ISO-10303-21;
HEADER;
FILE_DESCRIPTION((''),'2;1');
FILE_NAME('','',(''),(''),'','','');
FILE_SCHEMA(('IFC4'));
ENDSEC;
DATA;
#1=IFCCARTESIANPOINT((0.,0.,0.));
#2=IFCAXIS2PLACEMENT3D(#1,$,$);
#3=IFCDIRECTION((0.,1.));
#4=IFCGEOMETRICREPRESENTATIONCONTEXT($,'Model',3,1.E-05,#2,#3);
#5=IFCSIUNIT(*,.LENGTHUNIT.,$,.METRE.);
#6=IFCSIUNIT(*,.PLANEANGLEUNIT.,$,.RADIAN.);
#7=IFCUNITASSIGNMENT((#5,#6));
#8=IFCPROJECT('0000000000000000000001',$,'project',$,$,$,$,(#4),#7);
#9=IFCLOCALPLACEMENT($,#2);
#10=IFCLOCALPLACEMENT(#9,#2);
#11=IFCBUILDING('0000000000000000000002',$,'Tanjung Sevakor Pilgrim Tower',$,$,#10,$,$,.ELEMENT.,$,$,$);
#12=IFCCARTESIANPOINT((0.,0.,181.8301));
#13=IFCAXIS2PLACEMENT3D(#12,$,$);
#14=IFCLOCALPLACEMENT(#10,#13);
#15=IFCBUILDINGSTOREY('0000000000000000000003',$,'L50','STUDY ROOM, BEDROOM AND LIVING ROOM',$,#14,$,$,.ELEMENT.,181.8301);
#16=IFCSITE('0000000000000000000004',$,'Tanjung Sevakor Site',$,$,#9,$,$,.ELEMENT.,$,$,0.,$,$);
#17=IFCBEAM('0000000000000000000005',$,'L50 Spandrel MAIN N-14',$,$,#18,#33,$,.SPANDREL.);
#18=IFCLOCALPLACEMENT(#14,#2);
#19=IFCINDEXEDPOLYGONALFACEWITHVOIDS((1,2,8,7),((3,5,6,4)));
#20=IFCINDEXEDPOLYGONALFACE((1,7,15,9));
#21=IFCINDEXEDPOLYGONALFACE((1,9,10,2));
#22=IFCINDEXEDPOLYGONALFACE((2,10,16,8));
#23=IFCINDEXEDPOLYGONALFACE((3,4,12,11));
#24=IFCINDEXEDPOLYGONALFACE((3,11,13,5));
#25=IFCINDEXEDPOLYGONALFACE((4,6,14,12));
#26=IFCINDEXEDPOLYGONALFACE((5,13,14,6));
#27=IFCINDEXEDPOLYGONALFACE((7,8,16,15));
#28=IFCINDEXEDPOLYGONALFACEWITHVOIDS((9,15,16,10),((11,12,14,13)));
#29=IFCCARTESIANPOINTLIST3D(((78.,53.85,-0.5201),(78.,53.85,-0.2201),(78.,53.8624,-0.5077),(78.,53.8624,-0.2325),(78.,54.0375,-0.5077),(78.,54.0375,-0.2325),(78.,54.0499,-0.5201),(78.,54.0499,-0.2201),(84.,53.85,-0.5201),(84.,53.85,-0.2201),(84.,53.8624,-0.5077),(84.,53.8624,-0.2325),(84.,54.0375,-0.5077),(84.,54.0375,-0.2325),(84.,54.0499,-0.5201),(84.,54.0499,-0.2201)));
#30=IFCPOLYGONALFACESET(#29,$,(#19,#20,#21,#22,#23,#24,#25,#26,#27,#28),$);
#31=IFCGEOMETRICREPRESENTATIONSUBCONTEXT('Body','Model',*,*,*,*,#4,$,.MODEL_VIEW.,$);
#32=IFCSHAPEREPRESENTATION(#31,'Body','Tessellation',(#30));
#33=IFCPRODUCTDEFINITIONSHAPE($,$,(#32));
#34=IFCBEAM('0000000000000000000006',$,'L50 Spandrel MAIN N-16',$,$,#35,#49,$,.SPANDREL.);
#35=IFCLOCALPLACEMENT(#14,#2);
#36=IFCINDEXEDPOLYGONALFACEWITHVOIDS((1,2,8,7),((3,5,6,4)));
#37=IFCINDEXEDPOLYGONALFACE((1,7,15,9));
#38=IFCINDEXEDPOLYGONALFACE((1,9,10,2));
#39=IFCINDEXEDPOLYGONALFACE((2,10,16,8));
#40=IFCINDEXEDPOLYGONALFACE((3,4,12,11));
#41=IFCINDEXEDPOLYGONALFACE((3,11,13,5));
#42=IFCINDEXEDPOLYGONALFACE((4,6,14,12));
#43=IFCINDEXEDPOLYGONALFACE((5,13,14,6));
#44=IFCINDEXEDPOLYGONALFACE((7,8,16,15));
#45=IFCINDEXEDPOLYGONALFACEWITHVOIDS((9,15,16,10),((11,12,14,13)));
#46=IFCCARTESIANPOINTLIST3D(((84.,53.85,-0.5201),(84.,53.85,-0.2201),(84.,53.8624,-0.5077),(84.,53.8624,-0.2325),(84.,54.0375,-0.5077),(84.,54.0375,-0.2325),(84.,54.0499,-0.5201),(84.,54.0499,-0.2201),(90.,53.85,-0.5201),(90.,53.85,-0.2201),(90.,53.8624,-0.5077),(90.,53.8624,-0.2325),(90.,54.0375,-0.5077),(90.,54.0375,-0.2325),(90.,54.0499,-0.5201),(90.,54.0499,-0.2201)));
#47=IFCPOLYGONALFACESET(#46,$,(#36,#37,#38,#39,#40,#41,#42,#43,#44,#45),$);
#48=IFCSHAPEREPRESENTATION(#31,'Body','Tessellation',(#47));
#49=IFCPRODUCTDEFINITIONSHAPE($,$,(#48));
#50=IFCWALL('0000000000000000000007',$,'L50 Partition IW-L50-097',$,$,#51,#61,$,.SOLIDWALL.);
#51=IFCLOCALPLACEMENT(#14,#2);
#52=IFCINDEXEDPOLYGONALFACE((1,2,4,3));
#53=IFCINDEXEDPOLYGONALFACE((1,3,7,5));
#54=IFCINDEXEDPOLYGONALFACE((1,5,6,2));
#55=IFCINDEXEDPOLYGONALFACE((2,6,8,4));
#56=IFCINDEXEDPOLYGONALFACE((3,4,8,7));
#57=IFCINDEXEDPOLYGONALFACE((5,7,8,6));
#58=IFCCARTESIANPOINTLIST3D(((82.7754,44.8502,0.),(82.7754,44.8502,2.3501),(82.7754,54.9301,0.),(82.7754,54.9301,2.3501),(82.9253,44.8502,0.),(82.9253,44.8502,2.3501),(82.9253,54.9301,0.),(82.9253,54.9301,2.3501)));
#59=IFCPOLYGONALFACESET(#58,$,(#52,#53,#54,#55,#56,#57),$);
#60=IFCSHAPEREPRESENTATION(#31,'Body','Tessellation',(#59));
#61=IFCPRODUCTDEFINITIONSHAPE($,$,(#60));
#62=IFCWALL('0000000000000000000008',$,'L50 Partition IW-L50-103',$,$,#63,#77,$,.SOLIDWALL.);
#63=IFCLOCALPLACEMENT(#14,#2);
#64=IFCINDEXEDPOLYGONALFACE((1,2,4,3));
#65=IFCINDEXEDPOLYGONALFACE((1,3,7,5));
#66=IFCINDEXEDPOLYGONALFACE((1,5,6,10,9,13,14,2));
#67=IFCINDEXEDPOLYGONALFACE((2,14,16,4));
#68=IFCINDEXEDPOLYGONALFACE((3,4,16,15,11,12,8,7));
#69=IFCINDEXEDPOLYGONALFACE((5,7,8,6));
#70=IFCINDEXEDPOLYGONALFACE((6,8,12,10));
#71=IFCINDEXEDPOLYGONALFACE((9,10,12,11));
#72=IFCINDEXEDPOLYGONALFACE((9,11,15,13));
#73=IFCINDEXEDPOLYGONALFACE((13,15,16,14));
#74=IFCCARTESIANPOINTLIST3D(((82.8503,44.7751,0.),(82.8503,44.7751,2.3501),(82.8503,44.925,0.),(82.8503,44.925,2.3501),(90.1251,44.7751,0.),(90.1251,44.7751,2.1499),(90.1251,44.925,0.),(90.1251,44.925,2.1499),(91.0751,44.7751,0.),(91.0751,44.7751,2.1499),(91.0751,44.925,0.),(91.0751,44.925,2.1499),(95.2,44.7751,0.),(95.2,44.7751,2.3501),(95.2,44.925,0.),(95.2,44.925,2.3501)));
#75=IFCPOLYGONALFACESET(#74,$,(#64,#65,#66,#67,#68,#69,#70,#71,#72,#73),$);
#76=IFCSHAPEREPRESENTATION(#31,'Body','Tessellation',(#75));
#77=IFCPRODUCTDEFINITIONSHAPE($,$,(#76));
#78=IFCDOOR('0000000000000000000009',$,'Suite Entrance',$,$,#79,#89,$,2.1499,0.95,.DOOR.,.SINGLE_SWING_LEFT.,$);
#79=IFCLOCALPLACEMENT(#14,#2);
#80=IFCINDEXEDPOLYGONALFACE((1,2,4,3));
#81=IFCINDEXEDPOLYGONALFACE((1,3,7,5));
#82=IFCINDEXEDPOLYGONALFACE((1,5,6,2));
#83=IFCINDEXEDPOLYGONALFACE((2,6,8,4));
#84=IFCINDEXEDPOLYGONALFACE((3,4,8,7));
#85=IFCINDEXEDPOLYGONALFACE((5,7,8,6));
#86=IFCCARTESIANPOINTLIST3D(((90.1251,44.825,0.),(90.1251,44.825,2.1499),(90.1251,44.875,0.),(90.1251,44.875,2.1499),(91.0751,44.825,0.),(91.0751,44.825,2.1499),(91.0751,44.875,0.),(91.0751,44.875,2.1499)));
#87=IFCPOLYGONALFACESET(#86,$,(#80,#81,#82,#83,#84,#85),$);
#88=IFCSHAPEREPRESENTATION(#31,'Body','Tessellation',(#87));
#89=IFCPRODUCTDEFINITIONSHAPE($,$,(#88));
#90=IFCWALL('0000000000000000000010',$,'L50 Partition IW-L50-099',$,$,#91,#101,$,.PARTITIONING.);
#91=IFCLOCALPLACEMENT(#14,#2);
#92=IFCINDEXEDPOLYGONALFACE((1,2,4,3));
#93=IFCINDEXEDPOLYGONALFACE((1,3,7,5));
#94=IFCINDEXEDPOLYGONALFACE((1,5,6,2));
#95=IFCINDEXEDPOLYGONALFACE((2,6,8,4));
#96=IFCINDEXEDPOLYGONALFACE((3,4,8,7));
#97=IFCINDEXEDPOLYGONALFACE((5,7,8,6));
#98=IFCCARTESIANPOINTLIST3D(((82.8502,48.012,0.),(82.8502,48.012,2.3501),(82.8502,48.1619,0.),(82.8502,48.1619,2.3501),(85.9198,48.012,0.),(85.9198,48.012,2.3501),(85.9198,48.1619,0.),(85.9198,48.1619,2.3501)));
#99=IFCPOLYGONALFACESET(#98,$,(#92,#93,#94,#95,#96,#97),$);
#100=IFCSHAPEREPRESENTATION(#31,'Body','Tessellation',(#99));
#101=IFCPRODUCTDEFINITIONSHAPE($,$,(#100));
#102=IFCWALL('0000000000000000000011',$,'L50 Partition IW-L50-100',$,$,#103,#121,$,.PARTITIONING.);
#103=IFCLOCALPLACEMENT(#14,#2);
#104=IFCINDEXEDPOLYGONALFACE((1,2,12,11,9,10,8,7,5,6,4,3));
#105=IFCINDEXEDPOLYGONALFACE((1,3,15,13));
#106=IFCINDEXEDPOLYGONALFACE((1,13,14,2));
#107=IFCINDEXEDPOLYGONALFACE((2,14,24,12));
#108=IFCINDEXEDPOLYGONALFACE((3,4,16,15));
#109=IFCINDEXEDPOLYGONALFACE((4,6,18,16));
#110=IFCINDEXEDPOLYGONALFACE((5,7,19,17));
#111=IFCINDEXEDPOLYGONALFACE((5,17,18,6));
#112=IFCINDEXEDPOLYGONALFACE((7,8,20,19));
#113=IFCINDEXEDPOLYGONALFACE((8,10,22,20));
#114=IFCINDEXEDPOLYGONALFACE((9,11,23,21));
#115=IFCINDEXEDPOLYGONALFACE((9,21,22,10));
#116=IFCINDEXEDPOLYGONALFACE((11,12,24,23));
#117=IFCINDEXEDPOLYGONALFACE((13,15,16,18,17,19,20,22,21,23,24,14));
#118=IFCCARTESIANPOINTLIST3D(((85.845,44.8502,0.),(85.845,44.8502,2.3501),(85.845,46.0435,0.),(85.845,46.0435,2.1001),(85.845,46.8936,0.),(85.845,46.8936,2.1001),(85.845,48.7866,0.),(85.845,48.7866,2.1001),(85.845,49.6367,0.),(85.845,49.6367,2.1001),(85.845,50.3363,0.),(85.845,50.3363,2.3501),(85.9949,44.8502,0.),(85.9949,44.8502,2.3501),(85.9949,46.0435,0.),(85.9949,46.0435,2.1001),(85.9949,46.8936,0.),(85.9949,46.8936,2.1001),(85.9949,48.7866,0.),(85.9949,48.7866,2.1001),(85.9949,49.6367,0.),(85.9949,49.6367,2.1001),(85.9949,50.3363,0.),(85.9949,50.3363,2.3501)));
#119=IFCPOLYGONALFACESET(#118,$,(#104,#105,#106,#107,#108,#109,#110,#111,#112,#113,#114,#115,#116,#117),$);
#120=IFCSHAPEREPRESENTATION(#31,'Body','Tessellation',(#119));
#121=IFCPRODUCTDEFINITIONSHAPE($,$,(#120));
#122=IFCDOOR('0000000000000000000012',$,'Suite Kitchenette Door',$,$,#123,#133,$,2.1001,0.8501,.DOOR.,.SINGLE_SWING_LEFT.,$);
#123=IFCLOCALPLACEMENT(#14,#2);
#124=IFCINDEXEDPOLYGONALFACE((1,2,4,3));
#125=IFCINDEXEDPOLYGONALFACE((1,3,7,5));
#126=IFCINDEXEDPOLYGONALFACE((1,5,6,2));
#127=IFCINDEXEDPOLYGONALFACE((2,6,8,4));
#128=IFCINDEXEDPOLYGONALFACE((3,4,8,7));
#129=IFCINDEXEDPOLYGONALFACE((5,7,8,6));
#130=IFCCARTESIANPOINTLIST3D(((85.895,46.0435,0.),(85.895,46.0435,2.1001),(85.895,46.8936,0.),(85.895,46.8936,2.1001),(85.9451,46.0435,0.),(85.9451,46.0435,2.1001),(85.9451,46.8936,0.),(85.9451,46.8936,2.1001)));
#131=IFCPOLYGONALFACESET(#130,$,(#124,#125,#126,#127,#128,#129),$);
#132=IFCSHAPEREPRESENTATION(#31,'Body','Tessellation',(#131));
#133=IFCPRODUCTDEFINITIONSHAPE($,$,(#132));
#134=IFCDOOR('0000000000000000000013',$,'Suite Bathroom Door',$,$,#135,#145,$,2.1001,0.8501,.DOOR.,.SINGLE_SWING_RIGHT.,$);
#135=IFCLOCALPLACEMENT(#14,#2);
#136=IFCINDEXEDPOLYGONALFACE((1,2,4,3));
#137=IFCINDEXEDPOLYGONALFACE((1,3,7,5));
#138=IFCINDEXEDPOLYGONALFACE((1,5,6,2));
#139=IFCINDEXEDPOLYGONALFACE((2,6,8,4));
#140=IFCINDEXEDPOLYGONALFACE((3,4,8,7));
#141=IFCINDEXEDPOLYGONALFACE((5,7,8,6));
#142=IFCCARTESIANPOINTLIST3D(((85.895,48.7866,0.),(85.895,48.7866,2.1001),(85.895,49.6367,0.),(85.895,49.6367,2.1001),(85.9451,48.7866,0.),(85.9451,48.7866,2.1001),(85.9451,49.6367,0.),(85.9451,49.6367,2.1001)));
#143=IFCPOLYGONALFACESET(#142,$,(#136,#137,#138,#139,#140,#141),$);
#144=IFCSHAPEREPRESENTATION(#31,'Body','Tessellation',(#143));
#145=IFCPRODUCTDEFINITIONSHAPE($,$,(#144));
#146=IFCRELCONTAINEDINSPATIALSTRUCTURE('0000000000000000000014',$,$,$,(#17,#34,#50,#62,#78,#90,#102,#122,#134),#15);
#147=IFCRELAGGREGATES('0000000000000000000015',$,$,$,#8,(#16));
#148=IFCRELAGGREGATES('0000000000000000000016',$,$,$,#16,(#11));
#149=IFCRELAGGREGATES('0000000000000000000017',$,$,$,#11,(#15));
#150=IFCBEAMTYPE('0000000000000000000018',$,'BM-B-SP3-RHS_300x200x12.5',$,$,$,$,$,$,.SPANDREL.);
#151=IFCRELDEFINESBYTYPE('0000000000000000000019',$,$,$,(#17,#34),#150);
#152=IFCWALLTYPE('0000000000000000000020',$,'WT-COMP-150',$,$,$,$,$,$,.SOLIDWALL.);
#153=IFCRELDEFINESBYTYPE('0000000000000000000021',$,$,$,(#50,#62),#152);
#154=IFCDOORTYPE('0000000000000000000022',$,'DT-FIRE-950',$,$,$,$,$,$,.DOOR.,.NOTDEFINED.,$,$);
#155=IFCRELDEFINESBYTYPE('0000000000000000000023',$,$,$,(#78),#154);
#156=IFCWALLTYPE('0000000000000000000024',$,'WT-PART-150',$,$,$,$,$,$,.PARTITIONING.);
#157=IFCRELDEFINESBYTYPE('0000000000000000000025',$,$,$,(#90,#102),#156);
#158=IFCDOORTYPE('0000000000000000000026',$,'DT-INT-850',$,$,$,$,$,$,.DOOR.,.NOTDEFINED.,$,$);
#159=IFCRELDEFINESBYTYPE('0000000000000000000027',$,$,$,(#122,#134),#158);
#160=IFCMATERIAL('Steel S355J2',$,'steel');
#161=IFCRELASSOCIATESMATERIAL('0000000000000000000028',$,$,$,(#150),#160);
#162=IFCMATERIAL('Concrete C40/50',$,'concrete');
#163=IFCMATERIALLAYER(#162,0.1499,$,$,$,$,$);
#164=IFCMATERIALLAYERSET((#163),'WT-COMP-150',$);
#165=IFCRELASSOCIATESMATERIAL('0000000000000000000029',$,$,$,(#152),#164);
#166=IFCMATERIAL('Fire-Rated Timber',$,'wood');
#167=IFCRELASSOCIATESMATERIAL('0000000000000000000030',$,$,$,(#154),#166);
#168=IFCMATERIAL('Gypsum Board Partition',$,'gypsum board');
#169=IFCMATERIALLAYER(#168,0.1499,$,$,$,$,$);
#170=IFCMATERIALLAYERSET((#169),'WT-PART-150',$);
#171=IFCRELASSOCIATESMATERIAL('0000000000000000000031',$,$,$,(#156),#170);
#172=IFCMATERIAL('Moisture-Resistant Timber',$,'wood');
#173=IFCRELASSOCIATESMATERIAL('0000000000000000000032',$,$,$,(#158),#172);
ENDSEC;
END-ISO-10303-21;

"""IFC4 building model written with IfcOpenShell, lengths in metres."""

from ifc_helpers import new_model, si_unit, direction, frame, frame_2d, origin, origin_2d, place, context, subcontext, project, spatial, rectangle, hollow_rectangle, extrude, material, layer, layer_set, material_profile, profile_set, type_object, element, fill, save


model = new_model("IFC4")

# Units and contexts
model_context = context("Model", 3, precision=1e-05, world=origin(), true_north=direction((0.0, 1.0)))
body_context = subcontext(model_context, "Body", "Model", "MODEL_VIEW")
ifc_project = project(units=[si_unit("LENGTHUNIT", "METRE"), si_unit("PLANEANGLEUNIT", "RADIAN")], contexts=[model_context])

# Site, building, storey
site_placement = place(None, origin())
site = spatial("IfcSite", under=ifc_project, at=site_placement, Name="Tanjung Sevakor Site", CompositionType="ELEMENT", RefElevation=0.0)
building_placement = place(site_placement, origin())
building = spatial("IfcBuilding", under=site, at=building_placement, Name="Tanjung Sevakor Pilgrim Tower", CompositionType="ELEMENT")
storey_placement = place(building_placement, frame((0.0, 0.0, 181.8301)))
storey = spatial("IfcBuildingStorey", under=building, at=storey_placement, Name="L50", Description="STUDY ROOM, BEDROOM AND LIVING ROOM", CompositionType="ELEMENT", Elevation=181.8301)

# Beams
ifc_material_1 = material(Name="Steel S355J2", Category="steel")
ifc_material_profile_1 = material_profile(ifc_material_1, hollow_rectangle(XDim=0.2, YDim=0.3, WallThickness=0.0125, at=origin_2d()))
ifc_profile_set_1 = profile_set([ifc_material_profile_1], Name="Steel S355J2")
beam_type_1 = type_object("IfcBeamType", Name="BM-B-SP3-RHS_300x200x12.5", PredefinedType="SPANDREL", material=ifc_profile_set_1)
for number, where, z_axis, x_axis, name in (
    (1, (78.0, 53.95, -0.3701), (1.0, 0.0, 0.0), (0.0, 1.0, 0.0), "L50 Spandrel MAIN N-14"),
    (2, (84.0, 53.95, -0.3701), (1.0, 0.0, 0.0), (0.0, 1.0, 0.0), "L50 Spandrel MAIN N-16"),
):
    element("IfcBeam", number, at=place(storey_placement, frame(where, z_axis=z_axis, x_axis=x_axis)), inside=storey, type_object=beam_type_1, Name=name, PredefinedType="SPANDREL", context=body_context, shape_type="SweptSolid", body=[
        extrude(hollow_rectangle(XDim=0.2, YDim=0.3, WallThickness=0.0125, at=origin_2d()), origin(), (0.0, 0.0, 1.0), 6.0),
    ])

# Wall
ifc_material_2 = material(Name="Concrete C40/50", Category="concrete")
ifc_layer_1 = layer(ifc_material_2, 0.1499)
ifc_layer_set_1 = layer_set([ifc_layer_1], Name="WT-COMP-150")
wall_type_1 = type_object("IfcWallType", Name="WT-COMP-150", PredefinedType="SOLIDWALL", material=ifc_layer_set_1)
wall_1_placement = place(storey_placement, frame((82.8503, 44.8501, 0.0), z_axis=(0.0, 0.0, 1.0), x_axis=(0.0, 1.0, 0.0)))
element("IfcWall", 3, at=wall_1_placement, inside=storey, type_object=wall_type_1, Name="L50 Partition IW-L50-097", PredefinedType="SOLIDWALL", context=body_context, shape_type="SweptSolid", body=[
    extrude(rectangle(XDim=10.0798, YDim=0.1499, at=frame_2d((5.04, 0.0))), origin(), (0.0, 0.0, 1.0), 2.3501),
])

# Wall, opening, door
wall_2_placement = place(storey_placement, frame((82.8503, 44.8501, 0.0), z_axis=(0.0, 0.0, 1.0), x_axis=(1.0, 0.0, 0.0)))
wall_2 = element("IfcWall", 4, at=wall_2_placement, inside=storey, type_object=wall_type_1, Name="L50 Partition IW-L50-103", PredefinedType="SOLIDWALL", context=body_context, shape_type="SweptSolid", body=[
    extrude(rectangle(XDim=12.3496, YDim=0.1499, at=frame_2d((6.1748, 0.0))), origin(), (0.0, 0.0, 1.0), 2.3501),
])
opening_1_placement = place(wall_2_placement, frame((7.2747, 0.0, 0.0)))
opening_1 = element("IfcOpeningElement", 5, at=opening_1_placement, cuts=wall_2, PredefinedType="OPENING", context=body_context, shape_type="SweptSolid", body=[
    extrude(rectangle(XDim=0.95, YDim=2.1499, at=frame_2d((0.4751, 1.075))), frame((0.0, 0.085, 0.0), z_axis=(0.0, -1.0, 0.0), x_axis=(1.0, 0.0, 0.0)), (0.0, 0.0, 1.0), 0.1699),
])
ifc_material_3 = material(Name="Fire-Rated Timber", Category="wood")
door_type_1 = type_object("IfcDoorType", Name="DT-FIRE-950", OperationType="NOTDEFINED", PredefinedType="DOOR", material=ifc_material_3)
door_1_placement = place(opening_1_placement, origin())
door_1 = element("IfcDoor", 6, at=door_1_placement, inside=storey, type_object=door_type_1, Name="Suite Entrance", OperationType="SINGLE_SWING_LEFT", OverallHeight=2.1499, OverallWidth=0.95, PredefinedType="DOOR", context=body_context, shape_type="SweptSolid", body=[
    extrude(rectangle(XDim=0.95, YDim=2.1499, at=frame_2d((0.4751, 1.075))), frame((0.0, 0.0249, 0.0), z_axis=(0.0, -1.0, 0.0), x_axis=(1.0, 0.0, 0.0)), (0.0, 0.0, 1.0), 0.05),
])
fill(opening_1, door_1)

# Wall
ifc_material_4 = material(Name="Gypsum Board Partition", Category="gypsum board")
ifc_layer_2 = layer(ifc_material_4, 0.1499)
ifc_layer_set_2 = layer_set([ifc_layer_2], Name="WT-PART-150")
wall_type_2 = type_object("IfcWallType", Name="WT-PART-150", PredefinedType="PARTITIONING", material=ifc_layer_set_2)
wall_3_placement = place(storey_placement, frame((82.8503, 48.0869, 0.0), z_axis=(0.0, 0.0, 1.0), x_axis=(1.0, 0.0, 0.0)))
element("IfcWall", 7, at=wall_3_placement, inside=storey, type_object=wall_type_2, Name="L50 Partition IW-L50-099", PredefinedType="PARTITIONING", context=body_context, shape_type="SweptSolid", body=[
    extrude(rectangle(XDim=3.0696, YDim=0.1499, at=frame_2d((1.5347, 0.0))), origin(), (0.0, 0.0, 1.0), 2.3501),
])

# Wall, openings, doors
wall_4_placement = place(storey_placement, frame((85.9199, 44.8501, 0.0), z_axis=(0.0, 0.0, 1.0), x_axis=(0.0, 1.0, 0.0)))
wall_4 = element("IfcWall", 8, at=wall_4_placement, inside=storey, type_object=wall_type_2, Name="L50 Partition IW-L50-100", PredefinedType="PARTITIONING", context=body_context, shape_type="SweptSolid", body=[
    extrude(rectangle(XDim=5.4861, YDim=0.1499, at=frame_2d((2.7432, 0.0))), origin(), (0.0, 0.0, 1.0), 2.3501),
])
opening_2_placement = place(wall_4_placement, frame((1.1934, 0.0, 0.0)))
opening_2 = element("IfcOpeningElement", 9, at=opening_2_placement, cuts=wall_4, PredefinedType="OPENING", context=body_context, shape_type="SweptSolid", body=[
    extrude(rectangle(XDim=0.8501, YDim=2.1001, at=frame_2d((0.425, 1.05))), frame((0.0, 0.085, 0.0), z_axis=(0.0, -1.0, 0.0), x_axis=(1.0, 0.0, 0.0)), (0.0, 0.0, 1.0), 0.1699),
])
opening_3_placement = place(wall_4_placement, frame((3.9365, 0.0, 0.0)))
opening_3 = element("IfcOpeningElement", 10, at=opening_3_placement, cuts=wall_4, PredefinedType="OPENING", context=body_context, shape_type="SweptSolid", body=[
    extrude(rectangle(XDim=0.8501, YDim=2.1001, at=frame_2d((0.425, 1.05))), frame((0.0, 0.085, 0.0), z_axis=(0.0, -1.0, 0.0), x_axis=(1.0, 0.0, 0.0)), (0.0, 0.0, 1.0), 0.1699),
])
ifc_material_5 = material(Name="Moisture-Resistant Timber", Category="wood")
door_type_2 = type_object("IfcDoorType", Name="DT-INT-850", OperationType="NOTDEFINED", PredefinedType="DOOR", material=ifc_material_5)
door_2_placement = place(opening_2_placement, origin())
door_2 = element("IfcDoor", 11, at=door_2_placement, inside=storey, type_object=door_type_2, Name="Suite Kitchenette Door", OperationType="SINGLE_SWING_LEFT", OverallHeight=2.1001, OverallWidth=0.8501, PredefinedType="DOOR", context=body_context, shape_type="SweptSolid", body=[
    extrude(rectangle(XDim=0.8501, YDim=2.1001, at=frame_2d((0.425, 1.05))), frame((0.0, 0.0249, 0.0), z_axis=(0.0, -1.0, 0.0), x_axis=(1.0, 0.0, 0.0)), (0.0, 0.0, 1.0), 0.05),
])
fill(opening_2, door_2)
door_3_placement = place(opening_3_placement, origin())
door_3 = element("IfcDoor", 12, at=door_3_placement, inside=storey, type_object=door_type_2, Name="Suite Bathroom Door", OperationType="SINGLE_SWING_RIGHT", OverallHeight=2.1001, OverallWidth=0.8501, PredefinedType="DOOR", context=body_context, shape_type="SweptSolid", body=[
    extrude(rectangle(XDim=0.8501, YDim=2.1001, at=frame_2d((0.425, 1.05))), frame((0.0, 0.0249, 0.0), z_axis=(0.0, -1.0, 0.0), x_axis=(1.0, 0.0, 0.0)), (0.0, 0.0, 1.0), 0.05),
])
fill(opening_3, door_3)

save(model, "model.ifc")
